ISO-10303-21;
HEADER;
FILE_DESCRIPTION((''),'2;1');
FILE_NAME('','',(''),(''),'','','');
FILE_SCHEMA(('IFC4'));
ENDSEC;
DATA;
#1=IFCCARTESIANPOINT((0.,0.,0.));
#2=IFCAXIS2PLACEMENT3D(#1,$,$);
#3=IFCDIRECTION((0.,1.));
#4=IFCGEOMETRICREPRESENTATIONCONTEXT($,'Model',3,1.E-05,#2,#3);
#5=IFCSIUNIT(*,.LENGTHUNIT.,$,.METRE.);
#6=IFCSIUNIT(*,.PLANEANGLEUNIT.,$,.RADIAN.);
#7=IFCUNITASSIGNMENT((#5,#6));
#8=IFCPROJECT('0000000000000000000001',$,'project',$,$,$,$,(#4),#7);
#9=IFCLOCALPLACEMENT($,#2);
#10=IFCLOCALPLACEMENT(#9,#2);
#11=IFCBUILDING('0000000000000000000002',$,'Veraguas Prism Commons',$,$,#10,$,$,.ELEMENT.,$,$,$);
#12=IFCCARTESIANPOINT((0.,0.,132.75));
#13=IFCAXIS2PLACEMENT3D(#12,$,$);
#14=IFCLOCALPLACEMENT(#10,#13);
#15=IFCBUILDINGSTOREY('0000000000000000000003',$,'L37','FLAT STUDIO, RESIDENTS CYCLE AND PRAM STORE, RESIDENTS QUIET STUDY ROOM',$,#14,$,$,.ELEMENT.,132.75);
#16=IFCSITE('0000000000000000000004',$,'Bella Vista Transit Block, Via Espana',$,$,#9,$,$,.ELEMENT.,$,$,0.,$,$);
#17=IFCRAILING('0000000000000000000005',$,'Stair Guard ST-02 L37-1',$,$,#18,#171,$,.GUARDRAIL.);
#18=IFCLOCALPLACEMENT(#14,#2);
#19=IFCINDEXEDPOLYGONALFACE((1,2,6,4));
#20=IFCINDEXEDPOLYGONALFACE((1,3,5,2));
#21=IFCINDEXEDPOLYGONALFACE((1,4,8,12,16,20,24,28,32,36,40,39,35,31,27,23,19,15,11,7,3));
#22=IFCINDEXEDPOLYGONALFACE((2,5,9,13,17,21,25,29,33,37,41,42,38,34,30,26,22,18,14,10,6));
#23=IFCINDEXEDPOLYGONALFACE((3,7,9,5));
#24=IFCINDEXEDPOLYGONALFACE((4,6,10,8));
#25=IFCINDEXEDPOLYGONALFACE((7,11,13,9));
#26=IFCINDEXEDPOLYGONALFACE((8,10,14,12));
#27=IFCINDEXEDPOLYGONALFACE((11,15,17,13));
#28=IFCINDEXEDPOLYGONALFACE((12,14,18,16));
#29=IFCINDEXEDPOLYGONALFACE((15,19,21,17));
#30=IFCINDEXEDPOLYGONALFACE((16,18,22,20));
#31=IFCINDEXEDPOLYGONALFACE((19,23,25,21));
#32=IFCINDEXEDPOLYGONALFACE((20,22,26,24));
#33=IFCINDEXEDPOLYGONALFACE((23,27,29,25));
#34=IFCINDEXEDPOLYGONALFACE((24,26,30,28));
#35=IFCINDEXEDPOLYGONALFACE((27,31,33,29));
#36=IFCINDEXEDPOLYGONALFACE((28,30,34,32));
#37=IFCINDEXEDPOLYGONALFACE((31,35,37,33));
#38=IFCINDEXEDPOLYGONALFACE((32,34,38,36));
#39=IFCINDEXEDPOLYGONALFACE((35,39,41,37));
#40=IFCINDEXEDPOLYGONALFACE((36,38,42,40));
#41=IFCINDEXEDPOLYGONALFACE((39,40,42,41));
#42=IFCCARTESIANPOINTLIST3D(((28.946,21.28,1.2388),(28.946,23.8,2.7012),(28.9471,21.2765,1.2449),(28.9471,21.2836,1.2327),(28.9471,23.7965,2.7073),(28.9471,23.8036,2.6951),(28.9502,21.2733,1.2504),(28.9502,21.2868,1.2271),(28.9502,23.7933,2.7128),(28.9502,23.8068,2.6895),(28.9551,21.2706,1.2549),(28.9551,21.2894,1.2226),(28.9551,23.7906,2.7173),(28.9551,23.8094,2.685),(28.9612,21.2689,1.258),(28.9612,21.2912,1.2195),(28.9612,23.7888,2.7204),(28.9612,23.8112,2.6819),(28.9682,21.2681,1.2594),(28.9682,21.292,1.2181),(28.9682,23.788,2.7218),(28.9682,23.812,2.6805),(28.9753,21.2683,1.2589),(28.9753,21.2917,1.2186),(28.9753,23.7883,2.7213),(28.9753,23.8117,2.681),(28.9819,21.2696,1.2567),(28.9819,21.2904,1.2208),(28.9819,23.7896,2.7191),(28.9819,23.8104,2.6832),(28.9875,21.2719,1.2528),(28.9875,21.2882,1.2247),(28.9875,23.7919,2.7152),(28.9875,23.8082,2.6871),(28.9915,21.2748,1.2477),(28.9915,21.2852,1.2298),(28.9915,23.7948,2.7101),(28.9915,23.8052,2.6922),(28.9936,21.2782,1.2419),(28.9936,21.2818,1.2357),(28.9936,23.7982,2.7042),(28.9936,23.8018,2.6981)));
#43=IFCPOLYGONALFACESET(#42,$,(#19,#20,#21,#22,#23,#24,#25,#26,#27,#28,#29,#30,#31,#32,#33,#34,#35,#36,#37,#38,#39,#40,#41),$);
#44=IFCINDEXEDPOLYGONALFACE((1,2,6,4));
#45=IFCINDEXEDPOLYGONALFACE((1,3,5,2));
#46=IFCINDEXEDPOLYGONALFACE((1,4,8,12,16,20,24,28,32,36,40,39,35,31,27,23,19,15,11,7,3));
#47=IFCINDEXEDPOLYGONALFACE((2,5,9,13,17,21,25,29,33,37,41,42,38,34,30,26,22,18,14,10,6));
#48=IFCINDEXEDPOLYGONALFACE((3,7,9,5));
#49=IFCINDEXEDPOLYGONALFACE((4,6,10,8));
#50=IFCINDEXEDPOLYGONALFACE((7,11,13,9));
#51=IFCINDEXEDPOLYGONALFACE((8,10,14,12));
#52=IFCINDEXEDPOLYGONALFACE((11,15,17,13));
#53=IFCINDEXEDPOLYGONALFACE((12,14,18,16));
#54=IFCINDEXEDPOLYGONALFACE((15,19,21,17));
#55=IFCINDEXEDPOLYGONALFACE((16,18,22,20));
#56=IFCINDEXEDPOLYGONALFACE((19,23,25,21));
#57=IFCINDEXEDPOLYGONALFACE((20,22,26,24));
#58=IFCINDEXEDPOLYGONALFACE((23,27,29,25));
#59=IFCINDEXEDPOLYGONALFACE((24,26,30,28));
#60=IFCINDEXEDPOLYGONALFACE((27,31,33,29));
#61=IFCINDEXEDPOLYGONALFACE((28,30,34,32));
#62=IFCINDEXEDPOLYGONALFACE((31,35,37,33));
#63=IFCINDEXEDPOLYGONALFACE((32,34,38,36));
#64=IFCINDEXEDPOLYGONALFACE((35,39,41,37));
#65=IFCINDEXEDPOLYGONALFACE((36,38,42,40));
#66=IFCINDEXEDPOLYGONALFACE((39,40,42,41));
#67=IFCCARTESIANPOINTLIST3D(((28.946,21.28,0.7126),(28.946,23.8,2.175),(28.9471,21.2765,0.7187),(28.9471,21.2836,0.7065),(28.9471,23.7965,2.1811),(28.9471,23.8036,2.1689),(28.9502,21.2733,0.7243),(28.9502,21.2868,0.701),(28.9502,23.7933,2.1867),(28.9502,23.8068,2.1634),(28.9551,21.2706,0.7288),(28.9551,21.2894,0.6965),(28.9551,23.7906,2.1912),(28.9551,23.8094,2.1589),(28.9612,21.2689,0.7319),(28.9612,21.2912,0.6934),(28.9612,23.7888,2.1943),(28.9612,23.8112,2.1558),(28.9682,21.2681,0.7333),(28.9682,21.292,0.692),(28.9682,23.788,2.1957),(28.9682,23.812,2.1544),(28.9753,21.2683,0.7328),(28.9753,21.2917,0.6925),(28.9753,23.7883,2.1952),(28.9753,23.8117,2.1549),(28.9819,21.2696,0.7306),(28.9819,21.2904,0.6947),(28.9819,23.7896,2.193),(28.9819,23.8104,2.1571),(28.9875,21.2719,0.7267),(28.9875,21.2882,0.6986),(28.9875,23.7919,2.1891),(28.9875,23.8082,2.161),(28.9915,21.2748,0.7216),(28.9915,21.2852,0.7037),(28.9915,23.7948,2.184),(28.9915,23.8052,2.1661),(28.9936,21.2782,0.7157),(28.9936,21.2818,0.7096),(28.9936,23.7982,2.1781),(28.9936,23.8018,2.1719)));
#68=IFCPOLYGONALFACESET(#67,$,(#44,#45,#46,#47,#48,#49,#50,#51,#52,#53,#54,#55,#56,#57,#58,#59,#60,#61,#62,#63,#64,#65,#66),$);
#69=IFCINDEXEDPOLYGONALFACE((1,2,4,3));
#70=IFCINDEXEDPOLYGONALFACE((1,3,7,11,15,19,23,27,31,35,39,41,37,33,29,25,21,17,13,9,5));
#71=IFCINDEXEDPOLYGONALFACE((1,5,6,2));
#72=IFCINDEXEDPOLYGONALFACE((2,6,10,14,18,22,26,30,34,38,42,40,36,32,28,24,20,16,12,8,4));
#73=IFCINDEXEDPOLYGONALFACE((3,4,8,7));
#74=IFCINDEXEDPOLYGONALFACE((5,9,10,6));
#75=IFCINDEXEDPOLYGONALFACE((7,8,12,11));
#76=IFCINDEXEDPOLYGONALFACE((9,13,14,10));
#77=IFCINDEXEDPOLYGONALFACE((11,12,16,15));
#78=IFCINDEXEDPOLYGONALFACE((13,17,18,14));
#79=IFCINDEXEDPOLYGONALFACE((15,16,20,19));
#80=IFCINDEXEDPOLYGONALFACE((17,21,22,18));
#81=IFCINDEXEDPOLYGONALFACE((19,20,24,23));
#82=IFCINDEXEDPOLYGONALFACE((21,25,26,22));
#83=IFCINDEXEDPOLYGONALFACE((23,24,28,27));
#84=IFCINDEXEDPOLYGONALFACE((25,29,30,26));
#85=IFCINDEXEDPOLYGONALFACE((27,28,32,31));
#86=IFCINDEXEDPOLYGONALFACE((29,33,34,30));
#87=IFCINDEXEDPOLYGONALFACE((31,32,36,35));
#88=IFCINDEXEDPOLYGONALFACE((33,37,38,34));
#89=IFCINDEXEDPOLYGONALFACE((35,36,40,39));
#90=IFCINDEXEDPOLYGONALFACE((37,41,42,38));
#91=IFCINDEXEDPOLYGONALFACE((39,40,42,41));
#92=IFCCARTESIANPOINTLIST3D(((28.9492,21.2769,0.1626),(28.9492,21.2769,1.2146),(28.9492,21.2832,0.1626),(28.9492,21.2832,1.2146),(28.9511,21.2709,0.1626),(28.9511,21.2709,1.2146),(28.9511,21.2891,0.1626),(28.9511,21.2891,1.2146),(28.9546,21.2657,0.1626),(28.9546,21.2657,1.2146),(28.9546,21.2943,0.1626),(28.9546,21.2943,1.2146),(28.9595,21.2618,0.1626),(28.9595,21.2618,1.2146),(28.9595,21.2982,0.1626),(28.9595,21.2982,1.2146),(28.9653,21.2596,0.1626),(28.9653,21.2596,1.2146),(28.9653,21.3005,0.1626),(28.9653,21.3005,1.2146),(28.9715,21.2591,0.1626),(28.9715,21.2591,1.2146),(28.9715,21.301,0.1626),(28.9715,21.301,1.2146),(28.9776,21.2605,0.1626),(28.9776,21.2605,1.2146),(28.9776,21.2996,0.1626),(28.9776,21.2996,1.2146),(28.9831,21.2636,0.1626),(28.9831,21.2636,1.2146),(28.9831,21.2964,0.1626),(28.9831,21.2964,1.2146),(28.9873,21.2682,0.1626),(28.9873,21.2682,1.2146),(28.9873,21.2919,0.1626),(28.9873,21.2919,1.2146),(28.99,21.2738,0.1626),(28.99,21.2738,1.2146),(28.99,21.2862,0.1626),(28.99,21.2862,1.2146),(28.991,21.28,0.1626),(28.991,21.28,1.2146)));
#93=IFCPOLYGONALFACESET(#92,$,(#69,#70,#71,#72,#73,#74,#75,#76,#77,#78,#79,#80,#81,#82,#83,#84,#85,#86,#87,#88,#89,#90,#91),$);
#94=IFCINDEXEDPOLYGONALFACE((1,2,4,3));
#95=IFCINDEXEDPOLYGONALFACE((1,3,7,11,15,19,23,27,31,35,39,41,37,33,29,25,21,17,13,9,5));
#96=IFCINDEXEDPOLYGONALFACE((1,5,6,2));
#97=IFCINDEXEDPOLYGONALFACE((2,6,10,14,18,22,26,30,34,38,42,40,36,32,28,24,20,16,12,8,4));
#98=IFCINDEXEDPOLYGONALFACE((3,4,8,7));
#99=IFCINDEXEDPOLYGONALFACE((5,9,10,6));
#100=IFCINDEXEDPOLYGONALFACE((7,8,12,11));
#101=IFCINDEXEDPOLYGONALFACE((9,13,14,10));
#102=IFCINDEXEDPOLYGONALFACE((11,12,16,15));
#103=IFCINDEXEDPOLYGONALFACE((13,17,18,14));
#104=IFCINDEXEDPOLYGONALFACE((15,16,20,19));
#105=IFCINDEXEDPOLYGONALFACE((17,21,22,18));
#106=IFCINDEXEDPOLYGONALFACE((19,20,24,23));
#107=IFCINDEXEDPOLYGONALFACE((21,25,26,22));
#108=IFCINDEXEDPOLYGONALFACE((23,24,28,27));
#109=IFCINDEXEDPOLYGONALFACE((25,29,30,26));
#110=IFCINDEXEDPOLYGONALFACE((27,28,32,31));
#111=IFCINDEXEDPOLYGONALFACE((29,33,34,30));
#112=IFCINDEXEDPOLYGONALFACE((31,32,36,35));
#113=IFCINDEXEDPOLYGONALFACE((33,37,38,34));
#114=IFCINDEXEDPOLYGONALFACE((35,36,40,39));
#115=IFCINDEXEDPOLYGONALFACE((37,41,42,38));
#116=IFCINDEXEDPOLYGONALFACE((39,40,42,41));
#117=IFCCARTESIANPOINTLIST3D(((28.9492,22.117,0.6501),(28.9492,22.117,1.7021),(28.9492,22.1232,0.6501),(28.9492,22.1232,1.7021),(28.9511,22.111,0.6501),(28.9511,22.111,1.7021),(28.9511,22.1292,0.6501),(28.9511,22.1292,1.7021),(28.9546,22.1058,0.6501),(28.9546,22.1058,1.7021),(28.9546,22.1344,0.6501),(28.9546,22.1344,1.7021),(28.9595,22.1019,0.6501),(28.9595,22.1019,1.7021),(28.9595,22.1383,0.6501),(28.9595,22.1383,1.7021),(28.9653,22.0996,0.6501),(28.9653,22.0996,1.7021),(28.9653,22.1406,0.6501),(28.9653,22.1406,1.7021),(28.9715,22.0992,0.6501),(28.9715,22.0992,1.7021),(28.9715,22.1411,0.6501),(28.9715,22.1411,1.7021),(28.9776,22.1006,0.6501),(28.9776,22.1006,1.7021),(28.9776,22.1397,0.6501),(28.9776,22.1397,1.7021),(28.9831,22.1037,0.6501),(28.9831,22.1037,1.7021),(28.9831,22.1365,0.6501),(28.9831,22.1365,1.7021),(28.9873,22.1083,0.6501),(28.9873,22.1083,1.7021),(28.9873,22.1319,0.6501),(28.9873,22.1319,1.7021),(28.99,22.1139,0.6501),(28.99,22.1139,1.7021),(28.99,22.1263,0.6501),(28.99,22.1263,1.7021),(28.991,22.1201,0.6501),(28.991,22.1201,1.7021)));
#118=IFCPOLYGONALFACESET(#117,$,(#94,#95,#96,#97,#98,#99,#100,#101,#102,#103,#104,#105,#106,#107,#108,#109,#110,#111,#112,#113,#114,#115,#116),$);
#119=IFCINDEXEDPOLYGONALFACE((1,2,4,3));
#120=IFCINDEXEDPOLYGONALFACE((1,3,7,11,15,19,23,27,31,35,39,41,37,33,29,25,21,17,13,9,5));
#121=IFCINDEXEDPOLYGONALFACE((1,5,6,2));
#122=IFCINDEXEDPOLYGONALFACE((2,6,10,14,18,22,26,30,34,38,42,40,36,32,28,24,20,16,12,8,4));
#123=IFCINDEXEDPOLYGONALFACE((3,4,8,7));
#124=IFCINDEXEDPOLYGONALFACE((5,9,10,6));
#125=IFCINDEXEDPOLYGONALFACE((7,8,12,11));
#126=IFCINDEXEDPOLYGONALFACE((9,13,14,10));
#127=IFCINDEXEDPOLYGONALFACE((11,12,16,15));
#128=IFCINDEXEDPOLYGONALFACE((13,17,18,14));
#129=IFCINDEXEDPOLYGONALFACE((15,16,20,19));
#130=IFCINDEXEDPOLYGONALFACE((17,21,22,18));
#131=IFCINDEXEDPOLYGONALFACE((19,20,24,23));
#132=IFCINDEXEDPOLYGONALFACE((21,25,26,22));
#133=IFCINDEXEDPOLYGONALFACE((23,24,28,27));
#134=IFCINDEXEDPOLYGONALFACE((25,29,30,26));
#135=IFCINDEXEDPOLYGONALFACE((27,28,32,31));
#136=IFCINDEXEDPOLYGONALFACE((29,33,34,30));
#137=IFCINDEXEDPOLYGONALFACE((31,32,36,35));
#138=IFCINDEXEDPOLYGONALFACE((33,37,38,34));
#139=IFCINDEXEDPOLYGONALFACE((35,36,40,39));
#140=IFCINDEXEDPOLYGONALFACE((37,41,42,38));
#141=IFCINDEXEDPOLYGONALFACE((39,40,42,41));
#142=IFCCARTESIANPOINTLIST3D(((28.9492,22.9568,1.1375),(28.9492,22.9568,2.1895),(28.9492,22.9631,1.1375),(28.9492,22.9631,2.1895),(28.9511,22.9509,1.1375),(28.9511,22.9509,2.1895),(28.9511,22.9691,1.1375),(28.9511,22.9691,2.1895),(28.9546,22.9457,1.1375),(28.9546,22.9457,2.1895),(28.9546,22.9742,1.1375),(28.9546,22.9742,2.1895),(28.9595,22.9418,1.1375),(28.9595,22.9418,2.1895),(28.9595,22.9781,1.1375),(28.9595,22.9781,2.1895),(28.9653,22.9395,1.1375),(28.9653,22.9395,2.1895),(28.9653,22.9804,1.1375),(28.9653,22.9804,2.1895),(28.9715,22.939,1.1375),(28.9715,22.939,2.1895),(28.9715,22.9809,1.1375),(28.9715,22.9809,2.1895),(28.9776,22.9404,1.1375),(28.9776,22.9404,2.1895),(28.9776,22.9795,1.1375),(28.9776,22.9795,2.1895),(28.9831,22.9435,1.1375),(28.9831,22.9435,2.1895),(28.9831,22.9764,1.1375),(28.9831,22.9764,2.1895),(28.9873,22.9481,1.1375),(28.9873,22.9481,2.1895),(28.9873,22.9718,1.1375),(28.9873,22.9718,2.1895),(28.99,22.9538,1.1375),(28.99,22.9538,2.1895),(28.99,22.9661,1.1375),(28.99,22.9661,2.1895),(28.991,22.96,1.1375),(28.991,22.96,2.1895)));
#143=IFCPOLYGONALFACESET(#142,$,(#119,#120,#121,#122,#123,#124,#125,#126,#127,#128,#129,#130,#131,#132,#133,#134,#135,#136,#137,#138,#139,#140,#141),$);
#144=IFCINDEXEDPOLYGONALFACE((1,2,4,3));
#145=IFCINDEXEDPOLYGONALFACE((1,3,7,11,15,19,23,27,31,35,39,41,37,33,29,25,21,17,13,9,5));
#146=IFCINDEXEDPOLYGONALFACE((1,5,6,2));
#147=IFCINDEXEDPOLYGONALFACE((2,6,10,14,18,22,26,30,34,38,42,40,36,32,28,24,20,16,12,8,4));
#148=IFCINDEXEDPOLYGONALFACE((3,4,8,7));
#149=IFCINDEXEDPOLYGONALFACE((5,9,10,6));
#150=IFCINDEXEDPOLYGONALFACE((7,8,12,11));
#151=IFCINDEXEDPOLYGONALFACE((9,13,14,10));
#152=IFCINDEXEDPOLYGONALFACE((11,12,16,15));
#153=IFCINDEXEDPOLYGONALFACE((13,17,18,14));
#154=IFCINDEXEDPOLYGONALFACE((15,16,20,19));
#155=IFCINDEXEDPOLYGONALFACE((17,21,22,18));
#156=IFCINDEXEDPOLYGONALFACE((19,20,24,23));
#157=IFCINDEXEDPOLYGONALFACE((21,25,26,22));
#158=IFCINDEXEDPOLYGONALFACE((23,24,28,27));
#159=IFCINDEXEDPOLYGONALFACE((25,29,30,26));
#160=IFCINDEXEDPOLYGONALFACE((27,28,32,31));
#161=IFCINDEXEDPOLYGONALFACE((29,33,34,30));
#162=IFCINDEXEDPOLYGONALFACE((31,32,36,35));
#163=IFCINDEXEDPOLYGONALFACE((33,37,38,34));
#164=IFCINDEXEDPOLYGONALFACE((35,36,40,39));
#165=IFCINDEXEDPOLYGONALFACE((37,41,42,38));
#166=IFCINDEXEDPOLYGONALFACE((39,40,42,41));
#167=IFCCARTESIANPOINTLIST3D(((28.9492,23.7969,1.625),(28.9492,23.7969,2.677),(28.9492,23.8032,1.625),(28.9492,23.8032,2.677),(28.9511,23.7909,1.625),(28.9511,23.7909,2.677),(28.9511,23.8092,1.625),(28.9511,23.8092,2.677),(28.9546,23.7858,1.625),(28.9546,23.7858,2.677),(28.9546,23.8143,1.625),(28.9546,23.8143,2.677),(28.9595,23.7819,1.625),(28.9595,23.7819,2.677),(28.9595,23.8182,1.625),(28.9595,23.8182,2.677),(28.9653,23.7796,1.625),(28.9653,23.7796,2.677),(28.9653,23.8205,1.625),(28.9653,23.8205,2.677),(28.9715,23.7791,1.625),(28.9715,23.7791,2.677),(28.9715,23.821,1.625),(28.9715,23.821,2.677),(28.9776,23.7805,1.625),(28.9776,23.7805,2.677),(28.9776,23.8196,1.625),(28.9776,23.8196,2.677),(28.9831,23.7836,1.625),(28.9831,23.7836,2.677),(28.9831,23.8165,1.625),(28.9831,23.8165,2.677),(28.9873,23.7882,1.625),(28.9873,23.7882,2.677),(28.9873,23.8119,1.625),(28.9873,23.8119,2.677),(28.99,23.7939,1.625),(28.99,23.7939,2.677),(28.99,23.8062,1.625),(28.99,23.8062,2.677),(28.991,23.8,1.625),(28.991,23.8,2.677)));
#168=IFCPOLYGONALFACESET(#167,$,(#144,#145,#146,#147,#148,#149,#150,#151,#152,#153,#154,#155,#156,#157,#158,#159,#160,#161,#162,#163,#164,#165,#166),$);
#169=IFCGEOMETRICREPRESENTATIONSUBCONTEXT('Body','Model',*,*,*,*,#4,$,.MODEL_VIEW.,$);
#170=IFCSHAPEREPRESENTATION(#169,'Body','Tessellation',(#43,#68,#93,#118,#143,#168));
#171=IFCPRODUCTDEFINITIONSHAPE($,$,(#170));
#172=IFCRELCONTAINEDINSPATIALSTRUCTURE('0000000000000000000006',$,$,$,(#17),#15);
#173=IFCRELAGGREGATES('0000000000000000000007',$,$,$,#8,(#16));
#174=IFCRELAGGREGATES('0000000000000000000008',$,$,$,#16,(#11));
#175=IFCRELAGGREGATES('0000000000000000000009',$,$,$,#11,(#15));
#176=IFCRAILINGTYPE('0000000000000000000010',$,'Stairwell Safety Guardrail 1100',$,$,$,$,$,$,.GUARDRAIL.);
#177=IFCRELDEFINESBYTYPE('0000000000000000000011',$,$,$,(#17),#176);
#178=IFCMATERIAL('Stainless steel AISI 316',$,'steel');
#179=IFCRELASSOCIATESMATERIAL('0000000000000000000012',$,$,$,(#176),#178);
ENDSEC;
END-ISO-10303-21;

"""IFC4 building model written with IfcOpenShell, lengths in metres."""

from ifc_helpers import new_model, si_unit, direction, frame, origin, origin_2d, place, context, subcontext, project, spatial, circle, extrude, material, type_object, element, save


model = new_model("IFC4")

# Units and contexts
model_context = context("Model", 3, precision=1e-05, world=origin(), true_north=direction((0.0, 1.0)))
body_context = subcontext(model_context, "Body", "Model", "MODEL_VIEW")
ifc_project = project(units=[si_unit("LENGTHUNIT", "METRE"), si_unit("PLANEANGLEUNIT", "RADIAN")], contexts=[model_context])

# Site, building, storey
site_placement = place(None, origin())
site = spatial("IfcSite", under=ifc_project, at=site_placement, Name="Bella Vista Transit Block, Via Espana", CompositionType="ELEMENT", RefElevation=0.0)
building_placement = place(site_placement, origin())
building = spatial("IfcBuilding", under=site, at=building_placement, Name="Veraguas Prism Commons", CompositionType="ELEMENT")
storey_placement = place(building_placement, frame((0.0, 0.0, 132.75)))
storey = spatial("IfcBuildingStorey", under=building, at=storey_placement, Name="L37", Description="FLAT STUDIO, RESIDENTS CYCLE AND PRAM STORE, RESIDENTS QUIET STUDY ROOM", CompositionType="ELEMENT", Elevation=132.75)

# Shared definitions
ifc_material_1 = material(Name="Stainless steel AISI 316", Category="steel")

# Railing
railing_type_1 = type_object("IfcRailingType", Name="Stairwell Safety Guardrail 1100", PredefinedType="GUARDRAIL", material=ifc_material_1)
railing_1_placement = place(storey_placement, frame((28.97, 21.28, 0.1626)))
element("IfcRailing", 1, at=railing_1_placement, inside=storey, type_object=railing_type_1, Name="Stair Guard ST-02 L37-1", PredefinedType="GUARDRAIL", context=body_context, shape_type="SweptSolid", body=[
    extrude(circle(Radius=0.0239, at=origin_2d()), frame((0.0, 0.0, 1.0762), z_axis=(0.0, 0.864913, 0.501921), x_axis=(-1.0, 0.0, 0.0)), (0.0, 0.0, 1.0), 2.9136),
    extrude(circle(Radius=0.0239, at=origin_2d()), frame((0.0, 0.0, 0.55), z_axis=(0.0, 0.864913, 0.501921), x_axis=(-1.0, 0.0, 0.0)), (0.0, 0.0, 1.0), 2.9136),
    extrude(circle(Radius=0.021, at=origin_2d()), origin(), (0.0, 0.0, 1.0), 1.052),
    extrude(circle(Radius=0.021, at=origin_2d()), frame((0.0, 0.8401, 0.4875)), (0.0, 0.0, 1.0), 1.052),
    extrude(circle(Radius=0.021, at=origin_2d()), frame((0.0, 1.6799, 0.9749)), (0.0, 0.0, 1.0), 1.052),
    extrude(circle(Radius=0.021, at=origin_2d()), frame((0.0, 2.52, 1.4624)), (0.0, 0.0, 1.0), 1.052),
])

save(model, "model.ifc")
